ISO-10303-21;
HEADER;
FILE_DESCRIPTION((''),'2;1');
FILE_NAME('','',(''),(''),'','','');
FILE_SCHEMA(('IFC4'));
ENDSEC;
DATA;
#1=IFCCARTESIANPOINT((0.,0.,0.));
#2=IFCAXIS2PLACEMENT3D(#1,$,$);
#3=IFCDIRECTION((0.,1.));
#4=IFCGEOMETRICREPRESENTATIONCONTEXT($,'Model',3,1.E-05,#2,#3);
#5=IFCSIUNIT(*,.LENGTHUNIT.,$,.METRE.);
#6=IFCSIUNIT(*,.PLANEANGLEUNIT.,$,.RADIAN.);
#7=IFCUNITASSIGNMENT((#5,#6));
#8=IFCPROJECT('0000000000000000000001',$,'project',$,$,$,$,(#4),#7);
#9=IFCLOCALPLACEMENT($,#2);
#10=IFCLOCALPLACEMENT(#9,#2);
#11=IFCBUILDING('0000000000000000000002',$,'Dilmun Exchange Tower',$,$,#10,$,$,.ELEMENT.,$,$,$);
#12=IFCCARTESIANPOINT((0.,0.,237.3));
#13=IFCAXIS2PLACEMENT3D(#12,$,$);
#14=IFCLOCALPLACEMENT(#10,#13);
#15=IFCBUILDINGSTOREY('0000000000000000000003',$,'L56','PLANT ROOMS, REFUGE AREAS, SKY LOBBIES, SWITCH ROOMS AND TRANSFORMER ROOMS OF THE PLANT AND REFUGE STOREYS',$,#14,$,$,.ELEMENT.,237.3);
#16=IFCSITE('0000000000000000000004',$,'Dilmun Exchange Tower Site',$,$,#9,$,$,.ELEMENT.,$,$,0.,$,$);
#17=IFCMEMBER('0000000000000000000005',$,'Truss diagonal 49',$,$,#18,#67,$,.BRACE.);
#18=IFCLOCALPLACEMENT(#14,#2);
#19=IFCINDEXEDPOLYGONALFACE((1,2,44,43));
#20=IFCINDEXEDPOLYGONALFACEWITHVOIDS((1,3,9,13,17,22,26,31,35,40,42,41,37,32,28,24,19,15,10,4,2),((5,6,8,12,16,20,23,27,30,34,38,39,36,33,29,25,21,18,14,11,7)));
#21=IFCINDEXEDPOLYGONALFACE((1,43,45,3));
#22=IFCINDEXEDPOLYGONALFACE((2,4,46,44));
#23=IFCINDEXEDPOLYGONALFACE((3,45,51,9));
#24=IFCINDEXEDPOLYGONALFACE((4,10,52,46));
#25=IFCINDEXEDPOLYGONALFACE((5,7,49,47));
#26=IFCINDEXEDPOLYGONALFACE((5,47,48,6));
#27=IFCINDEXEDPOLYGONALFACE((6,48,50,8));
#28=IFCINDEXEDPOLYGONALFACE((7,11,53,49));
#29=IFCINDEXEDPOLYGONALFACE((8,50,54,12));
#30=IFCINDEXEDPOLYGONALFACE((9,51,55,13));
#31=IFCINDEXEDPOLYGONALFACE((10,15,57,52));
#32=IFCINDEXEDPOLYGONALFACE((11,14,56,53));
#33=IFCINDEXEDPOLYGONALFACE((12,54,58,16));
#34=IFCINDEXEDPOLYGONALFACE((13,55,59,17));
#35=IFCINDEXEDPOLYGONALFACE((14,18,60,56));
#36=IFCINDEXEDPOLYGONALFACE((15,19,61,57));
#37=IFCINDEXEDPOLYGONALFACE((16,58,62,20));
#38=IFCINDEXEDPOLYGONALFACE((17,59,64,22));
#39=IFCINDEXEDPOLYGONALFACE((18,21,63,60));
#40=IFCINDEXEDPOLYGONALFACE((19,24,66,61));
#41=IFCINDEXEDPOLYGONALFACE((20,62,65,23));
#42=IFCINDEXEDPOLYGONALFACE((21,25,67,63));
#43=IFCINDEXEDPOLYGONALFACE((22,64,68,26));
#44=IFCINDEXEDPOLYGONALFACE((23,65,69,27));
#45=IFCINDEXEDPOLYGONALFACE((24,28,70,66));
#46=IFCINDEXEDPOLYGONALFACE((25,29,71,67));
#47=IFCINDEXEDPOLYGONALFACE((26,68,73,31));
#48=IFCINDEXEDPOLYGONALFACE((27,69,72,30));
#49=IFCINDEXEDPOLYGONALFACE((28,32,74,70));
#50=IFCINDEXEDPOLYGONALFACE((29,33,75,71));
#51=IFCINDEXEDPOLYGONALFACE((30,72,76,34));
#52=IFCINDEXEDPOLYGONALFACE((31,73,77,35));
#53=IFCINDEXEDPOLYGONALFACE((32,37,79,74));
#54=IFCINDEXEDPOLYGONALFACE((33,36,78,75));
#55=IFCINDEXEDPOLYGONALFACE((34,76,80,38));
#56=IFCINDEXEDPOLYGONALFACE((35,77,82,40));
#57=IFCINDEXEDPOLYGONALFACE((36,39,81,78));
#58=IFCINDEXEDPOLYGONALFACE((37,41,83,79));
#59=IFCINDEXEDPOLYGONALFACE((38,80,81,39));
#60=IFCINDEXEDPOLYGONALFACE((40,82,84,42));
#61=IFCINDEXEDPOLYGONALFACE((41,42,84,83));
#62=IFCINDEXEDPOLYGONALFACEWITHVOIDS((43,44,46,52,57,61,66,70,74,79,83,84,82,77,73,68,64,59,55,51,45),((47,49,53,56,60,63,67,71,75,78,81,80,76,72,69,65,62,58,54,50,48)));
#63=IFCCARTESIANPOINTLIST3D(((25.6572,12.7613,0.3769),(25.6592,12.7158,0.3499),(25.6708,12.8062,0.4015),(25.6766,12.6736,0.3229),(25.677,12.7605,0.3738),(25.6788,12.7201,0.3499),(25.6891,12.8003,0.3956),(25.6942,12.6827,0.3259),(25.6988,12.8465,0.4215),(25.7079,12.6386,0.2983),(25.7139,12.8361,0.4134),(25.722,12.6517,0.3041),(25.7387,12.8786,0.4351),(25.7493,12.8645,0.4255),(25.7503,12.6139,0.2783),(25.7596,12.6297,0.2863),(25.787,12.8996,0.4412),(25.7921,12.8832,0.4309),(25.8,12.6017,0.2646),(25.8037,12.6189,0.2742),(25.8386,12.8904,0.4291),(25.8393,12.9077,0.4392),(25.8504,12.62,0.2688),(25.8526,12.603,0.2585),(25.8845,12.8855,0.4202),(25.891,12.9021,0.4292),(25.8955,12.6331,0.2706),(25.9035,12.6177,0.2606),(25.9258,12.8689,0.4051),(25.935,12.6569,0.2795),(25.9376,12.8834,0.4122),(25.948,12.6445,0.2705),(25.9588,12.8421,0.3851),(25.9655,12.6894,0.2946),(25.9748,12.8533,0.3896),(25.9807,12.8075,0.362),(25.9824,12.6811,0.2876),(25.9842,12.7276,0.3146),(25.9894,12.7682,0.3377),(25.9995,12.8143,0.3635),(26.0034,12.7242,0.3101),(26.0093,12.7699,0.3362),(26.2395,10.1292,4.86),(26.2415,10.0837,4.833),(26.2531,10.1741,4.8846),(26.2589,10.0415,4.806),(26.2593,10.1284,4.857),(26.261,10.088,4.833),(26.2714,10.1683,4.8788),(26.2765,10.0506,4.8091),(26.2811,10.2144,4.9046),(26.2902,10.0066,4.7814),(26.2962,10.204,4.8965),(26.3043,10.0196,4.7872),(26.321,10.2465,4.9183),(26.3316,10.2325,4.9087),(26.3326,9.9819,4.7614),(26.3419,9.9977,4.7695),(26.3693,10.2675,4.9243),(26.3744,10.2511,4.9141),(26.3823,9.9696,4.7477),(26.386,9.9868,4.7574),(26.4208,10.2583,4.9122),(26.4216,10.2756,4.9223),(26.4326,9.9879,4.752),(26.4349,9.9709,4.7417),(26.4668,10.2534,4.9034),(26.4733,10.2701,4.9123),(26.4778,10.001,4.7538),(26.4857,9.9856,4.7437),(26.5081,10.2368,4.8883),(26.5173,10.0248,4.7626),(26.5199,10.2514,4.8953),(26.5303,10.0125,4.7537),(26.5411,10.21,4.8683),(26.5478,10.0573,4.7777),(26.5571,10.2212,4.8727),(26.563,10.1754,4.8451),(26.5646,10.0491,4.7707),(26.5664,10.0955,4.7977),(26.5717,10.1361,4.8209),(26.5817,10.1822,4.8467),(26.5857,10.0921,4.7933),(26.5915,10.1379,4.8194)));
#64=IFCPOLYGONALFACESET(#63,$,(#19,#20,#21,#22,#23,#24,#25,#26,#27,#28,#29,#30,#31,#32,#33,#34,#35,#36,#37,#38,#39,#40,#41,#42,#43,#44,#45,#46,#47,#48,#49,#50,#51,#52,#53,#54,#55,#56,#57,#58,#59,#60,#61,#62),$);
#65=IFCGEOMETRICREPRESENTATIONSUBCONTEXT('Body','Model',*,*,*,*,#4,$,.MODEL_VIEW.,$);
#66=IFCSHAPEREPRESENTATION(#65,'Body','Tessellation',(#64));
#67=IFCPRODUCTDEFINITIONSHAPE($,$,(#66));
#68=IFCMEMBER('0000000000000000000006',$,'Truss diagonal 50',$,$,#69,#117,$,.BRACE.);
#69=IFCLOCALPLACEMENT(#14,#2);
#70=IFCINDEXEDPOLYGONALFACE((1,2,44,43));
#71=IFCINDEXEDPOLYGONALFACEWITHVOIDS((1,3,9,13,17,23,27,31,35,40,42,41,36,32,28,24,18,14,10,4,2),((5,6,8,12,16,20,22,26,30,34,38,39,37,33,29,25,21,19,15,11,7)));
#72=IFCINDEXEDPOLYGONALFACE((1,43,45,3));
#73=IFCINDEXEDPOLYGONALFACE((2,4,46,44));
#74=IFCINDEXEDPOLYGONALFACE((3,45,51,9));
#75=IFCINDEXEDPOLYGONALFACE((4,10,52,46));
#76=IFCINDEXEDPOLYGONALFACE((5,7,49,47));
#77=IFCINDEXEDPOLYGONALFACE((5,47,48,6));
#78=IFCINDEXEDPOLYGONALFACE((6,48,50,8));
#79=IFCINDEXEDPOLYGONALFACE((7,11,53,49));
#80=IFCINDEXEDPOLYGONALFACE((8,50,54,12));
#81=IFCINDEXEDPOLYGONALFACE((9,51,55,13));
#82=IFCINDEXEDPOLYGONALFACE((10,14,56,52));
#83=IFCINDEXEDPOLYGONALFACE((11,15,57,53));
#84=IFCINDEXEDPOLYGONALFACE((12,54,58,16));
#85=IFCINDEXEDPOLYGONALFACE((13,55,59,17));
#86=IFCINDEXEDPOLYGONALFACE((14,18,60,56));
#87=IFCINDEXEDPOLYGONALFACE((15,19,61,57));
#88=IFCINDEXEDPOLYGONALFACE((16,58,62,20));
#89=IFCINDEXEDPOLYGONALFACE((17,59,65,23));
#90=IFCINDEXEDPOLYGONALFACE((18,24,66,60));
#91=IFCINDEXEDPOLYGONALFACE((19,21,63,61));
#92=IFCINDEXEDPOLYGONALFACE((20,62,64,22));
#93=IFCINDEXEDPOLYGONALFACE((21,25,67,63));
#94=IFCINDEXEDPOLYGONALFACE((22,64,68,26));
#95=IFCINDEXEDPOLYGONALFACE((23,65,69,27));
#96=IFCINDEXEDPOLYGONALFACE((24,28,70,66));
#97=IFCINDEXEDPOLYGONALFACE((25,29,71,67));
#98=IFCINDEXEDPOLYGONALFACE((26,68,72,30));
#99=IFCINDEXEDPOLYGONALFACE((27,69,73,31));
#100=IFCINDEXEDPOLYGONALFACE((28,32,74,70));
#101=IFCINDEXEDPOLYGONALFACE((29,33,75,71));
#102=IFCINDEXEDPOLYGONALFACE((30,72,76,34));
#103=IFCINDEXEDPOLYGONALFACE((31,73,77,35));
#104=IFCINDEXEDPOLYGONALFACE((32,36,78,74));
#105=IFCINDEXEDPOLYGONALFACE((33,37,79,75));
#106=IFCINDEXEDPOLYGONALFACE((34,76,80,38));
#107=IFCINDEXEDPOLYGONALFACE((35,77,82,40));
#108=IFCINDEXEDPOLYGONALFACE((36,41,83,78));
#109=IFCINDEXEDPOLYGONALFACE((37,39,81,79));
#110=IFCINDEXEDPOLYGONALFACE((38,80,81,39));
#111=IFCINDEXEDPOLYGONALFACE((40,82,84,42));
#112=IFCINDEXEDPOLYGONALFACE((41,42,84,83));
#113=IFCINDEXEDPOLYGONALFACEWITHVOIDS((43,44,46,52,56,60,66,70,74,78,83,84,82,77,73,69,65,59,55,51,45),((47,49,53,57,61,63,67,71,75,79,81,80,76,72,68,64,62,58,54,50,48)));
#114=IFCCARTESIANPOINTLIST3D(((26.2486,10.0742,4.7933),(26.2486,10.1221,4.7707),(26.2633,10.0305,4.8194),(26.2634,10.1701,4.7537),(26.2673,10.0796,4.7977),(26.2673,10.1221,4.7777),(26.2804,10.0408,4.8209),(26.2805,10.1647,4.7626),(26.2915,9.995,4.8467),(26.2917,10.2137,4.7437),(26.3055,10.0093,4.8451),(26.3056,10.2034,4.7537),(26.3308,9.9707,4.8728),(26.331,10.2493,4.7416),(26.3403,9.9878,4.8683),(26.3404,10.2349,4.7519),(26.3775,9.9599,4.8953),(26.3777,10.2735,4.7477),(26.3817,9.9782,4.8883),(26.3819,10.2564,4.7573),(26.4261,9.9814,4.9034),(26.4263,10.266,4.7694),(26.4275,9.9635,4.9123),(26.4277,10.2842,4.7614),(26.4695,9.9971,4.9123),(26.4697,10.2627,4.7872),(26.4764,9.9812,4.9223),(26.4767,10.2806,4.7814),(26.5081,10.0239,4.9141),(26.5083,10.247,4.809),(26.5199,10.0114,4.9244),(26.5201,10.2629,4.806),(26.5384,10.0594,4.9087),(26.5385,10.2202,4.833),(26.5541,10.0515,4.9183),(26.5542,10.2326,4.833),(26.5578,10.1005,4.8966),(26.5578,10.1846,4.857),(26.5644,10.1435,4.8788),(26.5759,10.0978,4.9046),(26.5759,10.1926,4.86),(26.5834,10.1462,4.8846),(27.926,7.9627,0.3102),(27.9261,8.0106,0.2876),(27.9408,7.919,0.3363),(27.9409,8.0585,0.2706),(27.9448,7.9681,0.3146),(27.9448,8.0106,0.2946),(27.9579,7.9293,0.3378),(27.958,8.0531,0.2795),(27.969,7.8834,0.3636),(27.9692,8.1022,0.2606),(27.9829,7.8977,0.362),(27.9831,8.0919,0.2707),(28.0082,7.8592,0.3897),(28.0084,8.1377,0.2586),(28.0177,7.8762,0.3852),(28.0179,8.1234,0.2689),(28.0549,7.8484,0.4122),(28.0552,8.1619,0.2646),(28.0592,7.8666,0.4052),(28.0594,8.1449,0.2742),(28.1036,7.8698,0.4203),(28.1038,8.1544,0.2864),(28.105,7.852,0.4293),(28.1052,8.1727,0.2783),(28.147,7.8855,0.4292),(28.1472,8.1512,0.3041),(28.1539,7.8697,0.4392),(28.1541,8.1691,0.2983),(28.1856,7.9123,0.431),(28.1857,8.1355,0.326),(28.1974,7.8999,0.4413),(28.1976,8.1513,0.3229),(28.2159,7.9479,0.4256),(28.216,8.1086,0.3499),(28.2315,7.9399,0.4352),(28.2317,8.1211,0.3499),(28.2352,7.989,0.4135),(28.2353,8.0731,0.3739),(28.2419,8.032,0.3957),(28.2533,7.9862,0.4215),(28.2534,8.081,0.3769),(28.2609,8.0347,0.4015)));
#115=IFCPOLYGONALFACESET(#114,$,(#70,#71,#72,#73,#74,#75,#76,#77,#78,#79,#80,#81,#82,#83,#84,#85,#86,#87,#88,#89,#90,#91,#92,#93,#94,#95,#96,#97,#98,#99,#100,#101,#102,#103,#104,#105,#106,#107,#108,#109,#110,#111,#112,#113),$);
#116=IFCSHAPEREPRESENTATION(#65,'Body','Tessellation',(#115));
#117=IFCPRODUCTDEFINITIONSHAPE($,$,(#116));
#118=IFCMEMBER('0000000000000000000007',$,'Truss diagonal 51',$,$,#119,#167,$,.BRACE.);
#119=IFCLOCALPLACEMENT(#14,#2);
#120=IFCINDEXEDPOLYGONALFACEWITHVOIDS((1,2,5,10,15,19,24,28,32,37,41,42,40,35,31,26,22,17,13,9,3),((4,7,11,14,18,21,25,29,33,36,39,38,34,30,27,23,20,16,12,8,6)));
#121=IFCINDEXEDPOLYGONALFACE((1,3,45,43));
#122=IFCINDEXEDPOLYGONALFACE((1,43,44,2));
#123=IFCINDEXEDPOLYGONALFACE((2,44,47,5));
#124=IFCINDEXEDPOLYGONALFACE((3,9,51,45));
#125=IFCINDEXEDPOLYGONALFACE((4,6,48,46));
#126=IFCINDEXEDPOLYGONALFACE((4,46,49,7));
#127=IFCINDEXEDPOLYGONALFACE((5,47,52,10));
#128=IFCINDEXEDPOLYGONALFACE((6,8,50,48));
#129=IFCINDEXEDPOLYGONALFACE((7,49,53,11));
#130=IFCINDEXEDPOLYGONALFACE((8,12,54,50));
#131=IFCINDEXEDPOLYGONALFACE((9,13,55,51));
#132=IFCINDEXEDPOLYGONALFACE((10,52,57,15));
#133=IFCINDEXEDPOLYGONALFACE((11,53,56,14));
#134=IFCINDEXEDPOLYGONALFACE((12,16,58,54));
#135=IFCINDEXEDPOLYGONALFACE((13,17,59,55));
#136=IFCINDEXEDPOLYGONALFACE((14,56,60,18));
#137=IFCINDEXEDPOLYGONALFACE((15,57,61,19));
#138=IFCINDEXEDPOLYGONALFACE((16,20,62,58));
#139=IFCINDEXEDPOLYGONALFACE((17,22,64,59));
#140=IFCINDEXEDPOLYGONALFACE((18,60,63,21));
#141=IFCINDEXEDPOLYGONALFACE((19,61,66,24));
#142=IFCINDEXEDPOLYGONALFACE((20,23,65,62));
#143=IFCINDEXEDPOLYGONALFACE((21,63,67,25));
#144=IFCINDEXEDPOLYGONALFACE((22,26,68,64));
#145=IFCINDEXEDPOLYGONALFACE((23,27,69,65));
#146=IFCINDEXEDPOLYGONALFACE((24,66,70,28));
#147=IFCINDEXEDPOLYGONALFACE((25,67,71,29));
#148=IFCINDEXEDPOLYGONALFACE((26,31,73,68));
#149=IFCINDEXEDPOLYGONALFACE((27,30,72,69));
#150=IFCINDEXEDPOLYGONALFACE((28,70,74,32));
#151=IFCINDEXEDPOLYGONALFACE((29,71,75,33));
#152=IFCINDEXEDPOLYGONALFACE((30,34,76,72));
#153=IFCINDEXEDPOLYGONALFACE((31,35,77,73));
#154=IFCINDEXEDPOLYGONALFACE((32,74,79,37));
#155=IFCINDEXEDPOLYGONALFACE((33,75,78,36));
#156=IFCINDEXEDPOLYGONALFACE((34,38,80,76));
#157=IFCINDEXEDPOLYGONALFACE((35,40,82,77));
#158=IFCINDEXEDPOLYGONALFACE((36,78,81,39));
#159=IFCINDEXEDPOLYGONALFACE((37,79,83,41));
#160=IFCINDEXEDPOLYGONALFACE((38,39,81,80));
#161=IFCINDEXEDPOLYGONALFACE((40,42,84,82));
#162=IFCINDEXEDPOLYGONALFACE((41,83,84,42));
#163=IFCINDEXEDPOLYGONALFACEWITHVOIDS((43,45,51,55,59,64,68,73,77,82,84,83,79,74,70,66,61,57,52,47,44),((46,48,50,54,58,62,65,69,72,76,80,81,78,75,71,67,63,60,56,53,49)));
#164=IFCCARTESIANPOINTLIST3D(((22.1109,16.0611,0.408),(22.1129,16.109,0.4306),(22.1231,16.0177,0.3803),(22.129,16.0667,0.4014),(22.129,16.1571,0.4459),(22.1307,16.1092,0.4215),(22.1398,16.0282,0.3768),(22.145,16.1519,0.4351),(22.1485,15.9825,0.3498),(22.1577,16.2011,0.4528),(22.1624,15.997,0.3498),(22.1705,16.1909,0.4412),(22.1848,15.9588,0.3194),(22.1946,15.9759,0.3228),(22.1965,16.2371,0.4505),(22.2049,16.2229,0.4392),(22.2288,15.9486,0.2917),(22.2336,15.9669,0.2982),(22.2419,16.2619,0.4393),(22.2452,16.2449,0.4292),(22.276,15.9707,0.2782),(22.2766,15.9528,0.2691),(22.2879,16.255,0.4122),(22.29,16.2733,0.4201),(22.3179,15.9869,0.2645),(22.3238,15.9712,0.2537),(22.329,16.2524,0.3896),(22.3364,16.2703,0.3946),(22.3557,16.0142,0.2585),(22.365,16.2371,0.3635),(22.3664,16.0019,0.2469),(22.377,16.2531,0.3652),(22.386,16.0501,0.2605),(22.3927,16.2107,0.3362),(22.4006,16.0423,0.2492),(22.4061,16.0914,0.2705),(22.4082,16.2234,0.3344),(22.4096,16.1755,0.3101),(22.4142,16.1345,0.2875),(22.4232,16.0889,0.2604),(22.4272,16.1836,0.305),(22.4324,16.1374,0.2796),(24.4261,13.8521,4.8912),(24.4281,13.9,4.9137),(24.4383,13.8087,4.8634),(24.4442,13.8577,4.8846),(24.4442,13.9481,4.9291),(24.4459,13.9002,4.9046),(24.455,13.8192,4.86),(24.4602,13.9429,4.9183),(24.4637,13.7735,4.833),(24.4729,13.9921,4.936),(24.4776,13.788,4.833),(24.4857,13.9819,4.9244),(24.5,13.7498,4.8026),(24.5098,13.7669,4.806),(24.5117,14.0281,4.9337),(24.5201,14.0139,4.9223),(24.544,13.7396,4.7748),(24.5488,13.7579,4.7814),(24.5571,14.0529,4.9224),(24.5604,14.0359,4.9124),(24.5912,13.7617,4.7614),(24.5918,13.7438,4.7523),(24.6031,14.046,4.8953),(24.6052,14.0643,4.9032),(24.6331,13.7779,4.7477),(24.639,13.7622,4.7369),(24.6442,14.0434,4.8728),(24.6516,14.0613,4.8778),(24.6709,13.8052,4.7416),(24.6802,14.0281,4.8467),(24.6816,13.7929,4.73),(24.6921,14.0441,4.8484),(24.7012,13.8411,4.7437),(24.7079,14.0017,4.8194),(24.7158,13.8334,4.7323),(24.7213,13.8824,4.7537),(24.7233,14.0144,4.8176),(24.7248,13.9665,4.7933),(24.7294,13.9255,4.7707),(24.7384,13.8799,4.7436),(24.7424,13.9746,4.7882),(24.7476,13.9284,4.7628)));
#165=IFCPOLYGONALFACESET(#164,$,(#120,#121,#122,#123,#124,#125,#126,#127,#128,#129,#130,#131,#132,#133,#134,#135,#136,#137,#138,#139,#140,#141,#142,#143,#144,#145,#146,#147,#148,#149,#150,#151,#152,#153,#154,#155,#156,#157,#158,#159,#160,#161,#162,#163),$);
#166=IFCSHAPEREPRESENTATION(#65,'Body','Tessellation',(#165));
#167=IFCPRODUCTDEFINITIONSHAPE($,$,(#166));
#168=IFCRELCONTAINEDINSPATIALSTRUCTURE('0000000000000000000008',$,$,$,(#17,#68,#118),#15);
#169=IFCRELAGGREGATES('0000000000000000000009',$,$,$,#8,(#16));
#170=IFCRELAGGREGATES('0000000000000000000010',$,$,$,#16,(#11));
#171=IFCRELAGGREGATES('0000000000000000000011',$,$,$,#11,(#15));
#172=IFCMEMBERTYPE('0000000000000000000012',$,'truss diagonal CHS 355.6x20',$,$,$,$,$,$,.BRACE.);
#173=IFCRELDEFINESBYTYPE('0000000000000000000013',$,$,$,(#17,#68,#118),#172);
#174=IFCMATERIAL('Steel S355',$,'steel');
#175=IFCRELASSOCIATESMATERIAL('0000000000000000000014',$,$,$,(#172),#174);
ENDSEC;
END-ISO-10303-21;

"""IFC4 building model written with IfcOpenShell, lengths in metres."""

from ifc_helpers import new_model, si_unit, direction, frame, origin, origin_2d, place, context, subcontext, project, spatial, hollow_circle, extrude, material, material_profile, profile_set, type_object, element, save


model = new_model("IFC4")

# Units and contexts
model_context = context("Model", 3, precision=1e-05, world=origin(), true_north=direction((0.0, 1.0)))
body_context = subcontext(model_context, "Body", "Model", "MODEL_VIEW")
ifc_project = project(units=[si_unit("LENGTHUNIT", "METRE"), si_unit("PLANEANGLEUNIT", "RADIAN")], contexts=[model_context])

# Site, building, storey
site_placement = place(None, origin())
site = spatial("IfcSite", under=ifc_project, at=site_placement, Name="Dilmun Exchange Tower Site", CompositionType="ELEMENT", RefElevation=0.0)
building_placement = place(site_placement, origin())
building = spatial("IfcBuilding", under=site, at=building_placement, Name="Dilmun Exchange Tower", CompositionType="ELEMENT")
storey_placement = place(building_placement, frame((0.0, 0.0, 237.3)))
storey = spatial("IfcBuildingStorey", under=building, at=storey_placement, Name="L56", Description="PLANT ROOMS, REFUGE AREAS, SKY LOBBIES, SWITCH ROOMS AND TRANSFORMER ROOMS OF THE PLANT AND REFUGE STOREYS", CompositionType="ELEMENT", Elevation=237.3)

# Shared definitions
ifc_material_1 = material(Name="Steel S355", Category="steel")

# Members
ifc_material_profile_1 = material_profile(ifc_material_1, hollow_circle(Radius=0.1777, WallThickness=0.02, at=origin_2d()), Name="CHS 355.6x20")
ifc_profile_set_1 = profile_set([ifc_material_profile_1], Name="Steel S355")
member_type = type_object("IfcMemberType", Name="truss diagonal CHS 355.6x20", PredefinedType="BRACE", material=ifc_profile_set_1)
member_1_placement = place(storey_placement, frame((26.415, 10.1221, 4.833), z_axis=(-0.111308, 0.503149, -0.857001), x_axis=(-0.976393, -0.216, 0.0)))
element("IfcMember", 1, at=member_1_placement, inside=storey, type_object=member_type, Name="Truss diagonal 49", PredefinedType="BRACE", context=body_context, shape_type="SweptSolid", body=[
    extrude(hollow_circle(Radius=0.1777, WallThickness=0.02, at=origin_2d()), origin(), (0.0, 0.0, 1.0), 5.2312),
])
member_2_placement = place(storey_placement, frame((26.415, 10.1221, 4.833), z_axis=(0.320636, -0.403606, -0.85691), x_axis=(0.782993, 0.622031, 0.0)))
element("IfcMember", 2, at=member_2_placement, inside=storey, type_object=member_type, Name="Truss diagonal 50", PredefinedType="BRACE", context=body_context, shape_type="SweptSolid", body=[
    extrude(hollow_circle(Radius=0.1777, WallThickness=0.02, at=origin_2d()), origin(), (0.0, 0.0, 1.0), 5.2317),
])
member_3_placement = place(storey_placement, frame((24.5864, 13.9021, 4.833), z_axis=(-0.420329, 0.401048, -0.813931), x_axis=(-0.690318, -0.723506, 0.0)))
element("IfcMember", 3, at=member_3_placement, inside=storey, type_object=member_type, Name="Truss diagonal 51", PredefinedType="BRACE", context=body_context, shape_type="SweptSolid", body=[
    extrude(hollow_circle(Radius=0.1777, WallThickness=0.02, at=origin_2d()), origin(), (0.0, 0.0, 1.0), 5.5081),
])

save(model, "model.ifc")
